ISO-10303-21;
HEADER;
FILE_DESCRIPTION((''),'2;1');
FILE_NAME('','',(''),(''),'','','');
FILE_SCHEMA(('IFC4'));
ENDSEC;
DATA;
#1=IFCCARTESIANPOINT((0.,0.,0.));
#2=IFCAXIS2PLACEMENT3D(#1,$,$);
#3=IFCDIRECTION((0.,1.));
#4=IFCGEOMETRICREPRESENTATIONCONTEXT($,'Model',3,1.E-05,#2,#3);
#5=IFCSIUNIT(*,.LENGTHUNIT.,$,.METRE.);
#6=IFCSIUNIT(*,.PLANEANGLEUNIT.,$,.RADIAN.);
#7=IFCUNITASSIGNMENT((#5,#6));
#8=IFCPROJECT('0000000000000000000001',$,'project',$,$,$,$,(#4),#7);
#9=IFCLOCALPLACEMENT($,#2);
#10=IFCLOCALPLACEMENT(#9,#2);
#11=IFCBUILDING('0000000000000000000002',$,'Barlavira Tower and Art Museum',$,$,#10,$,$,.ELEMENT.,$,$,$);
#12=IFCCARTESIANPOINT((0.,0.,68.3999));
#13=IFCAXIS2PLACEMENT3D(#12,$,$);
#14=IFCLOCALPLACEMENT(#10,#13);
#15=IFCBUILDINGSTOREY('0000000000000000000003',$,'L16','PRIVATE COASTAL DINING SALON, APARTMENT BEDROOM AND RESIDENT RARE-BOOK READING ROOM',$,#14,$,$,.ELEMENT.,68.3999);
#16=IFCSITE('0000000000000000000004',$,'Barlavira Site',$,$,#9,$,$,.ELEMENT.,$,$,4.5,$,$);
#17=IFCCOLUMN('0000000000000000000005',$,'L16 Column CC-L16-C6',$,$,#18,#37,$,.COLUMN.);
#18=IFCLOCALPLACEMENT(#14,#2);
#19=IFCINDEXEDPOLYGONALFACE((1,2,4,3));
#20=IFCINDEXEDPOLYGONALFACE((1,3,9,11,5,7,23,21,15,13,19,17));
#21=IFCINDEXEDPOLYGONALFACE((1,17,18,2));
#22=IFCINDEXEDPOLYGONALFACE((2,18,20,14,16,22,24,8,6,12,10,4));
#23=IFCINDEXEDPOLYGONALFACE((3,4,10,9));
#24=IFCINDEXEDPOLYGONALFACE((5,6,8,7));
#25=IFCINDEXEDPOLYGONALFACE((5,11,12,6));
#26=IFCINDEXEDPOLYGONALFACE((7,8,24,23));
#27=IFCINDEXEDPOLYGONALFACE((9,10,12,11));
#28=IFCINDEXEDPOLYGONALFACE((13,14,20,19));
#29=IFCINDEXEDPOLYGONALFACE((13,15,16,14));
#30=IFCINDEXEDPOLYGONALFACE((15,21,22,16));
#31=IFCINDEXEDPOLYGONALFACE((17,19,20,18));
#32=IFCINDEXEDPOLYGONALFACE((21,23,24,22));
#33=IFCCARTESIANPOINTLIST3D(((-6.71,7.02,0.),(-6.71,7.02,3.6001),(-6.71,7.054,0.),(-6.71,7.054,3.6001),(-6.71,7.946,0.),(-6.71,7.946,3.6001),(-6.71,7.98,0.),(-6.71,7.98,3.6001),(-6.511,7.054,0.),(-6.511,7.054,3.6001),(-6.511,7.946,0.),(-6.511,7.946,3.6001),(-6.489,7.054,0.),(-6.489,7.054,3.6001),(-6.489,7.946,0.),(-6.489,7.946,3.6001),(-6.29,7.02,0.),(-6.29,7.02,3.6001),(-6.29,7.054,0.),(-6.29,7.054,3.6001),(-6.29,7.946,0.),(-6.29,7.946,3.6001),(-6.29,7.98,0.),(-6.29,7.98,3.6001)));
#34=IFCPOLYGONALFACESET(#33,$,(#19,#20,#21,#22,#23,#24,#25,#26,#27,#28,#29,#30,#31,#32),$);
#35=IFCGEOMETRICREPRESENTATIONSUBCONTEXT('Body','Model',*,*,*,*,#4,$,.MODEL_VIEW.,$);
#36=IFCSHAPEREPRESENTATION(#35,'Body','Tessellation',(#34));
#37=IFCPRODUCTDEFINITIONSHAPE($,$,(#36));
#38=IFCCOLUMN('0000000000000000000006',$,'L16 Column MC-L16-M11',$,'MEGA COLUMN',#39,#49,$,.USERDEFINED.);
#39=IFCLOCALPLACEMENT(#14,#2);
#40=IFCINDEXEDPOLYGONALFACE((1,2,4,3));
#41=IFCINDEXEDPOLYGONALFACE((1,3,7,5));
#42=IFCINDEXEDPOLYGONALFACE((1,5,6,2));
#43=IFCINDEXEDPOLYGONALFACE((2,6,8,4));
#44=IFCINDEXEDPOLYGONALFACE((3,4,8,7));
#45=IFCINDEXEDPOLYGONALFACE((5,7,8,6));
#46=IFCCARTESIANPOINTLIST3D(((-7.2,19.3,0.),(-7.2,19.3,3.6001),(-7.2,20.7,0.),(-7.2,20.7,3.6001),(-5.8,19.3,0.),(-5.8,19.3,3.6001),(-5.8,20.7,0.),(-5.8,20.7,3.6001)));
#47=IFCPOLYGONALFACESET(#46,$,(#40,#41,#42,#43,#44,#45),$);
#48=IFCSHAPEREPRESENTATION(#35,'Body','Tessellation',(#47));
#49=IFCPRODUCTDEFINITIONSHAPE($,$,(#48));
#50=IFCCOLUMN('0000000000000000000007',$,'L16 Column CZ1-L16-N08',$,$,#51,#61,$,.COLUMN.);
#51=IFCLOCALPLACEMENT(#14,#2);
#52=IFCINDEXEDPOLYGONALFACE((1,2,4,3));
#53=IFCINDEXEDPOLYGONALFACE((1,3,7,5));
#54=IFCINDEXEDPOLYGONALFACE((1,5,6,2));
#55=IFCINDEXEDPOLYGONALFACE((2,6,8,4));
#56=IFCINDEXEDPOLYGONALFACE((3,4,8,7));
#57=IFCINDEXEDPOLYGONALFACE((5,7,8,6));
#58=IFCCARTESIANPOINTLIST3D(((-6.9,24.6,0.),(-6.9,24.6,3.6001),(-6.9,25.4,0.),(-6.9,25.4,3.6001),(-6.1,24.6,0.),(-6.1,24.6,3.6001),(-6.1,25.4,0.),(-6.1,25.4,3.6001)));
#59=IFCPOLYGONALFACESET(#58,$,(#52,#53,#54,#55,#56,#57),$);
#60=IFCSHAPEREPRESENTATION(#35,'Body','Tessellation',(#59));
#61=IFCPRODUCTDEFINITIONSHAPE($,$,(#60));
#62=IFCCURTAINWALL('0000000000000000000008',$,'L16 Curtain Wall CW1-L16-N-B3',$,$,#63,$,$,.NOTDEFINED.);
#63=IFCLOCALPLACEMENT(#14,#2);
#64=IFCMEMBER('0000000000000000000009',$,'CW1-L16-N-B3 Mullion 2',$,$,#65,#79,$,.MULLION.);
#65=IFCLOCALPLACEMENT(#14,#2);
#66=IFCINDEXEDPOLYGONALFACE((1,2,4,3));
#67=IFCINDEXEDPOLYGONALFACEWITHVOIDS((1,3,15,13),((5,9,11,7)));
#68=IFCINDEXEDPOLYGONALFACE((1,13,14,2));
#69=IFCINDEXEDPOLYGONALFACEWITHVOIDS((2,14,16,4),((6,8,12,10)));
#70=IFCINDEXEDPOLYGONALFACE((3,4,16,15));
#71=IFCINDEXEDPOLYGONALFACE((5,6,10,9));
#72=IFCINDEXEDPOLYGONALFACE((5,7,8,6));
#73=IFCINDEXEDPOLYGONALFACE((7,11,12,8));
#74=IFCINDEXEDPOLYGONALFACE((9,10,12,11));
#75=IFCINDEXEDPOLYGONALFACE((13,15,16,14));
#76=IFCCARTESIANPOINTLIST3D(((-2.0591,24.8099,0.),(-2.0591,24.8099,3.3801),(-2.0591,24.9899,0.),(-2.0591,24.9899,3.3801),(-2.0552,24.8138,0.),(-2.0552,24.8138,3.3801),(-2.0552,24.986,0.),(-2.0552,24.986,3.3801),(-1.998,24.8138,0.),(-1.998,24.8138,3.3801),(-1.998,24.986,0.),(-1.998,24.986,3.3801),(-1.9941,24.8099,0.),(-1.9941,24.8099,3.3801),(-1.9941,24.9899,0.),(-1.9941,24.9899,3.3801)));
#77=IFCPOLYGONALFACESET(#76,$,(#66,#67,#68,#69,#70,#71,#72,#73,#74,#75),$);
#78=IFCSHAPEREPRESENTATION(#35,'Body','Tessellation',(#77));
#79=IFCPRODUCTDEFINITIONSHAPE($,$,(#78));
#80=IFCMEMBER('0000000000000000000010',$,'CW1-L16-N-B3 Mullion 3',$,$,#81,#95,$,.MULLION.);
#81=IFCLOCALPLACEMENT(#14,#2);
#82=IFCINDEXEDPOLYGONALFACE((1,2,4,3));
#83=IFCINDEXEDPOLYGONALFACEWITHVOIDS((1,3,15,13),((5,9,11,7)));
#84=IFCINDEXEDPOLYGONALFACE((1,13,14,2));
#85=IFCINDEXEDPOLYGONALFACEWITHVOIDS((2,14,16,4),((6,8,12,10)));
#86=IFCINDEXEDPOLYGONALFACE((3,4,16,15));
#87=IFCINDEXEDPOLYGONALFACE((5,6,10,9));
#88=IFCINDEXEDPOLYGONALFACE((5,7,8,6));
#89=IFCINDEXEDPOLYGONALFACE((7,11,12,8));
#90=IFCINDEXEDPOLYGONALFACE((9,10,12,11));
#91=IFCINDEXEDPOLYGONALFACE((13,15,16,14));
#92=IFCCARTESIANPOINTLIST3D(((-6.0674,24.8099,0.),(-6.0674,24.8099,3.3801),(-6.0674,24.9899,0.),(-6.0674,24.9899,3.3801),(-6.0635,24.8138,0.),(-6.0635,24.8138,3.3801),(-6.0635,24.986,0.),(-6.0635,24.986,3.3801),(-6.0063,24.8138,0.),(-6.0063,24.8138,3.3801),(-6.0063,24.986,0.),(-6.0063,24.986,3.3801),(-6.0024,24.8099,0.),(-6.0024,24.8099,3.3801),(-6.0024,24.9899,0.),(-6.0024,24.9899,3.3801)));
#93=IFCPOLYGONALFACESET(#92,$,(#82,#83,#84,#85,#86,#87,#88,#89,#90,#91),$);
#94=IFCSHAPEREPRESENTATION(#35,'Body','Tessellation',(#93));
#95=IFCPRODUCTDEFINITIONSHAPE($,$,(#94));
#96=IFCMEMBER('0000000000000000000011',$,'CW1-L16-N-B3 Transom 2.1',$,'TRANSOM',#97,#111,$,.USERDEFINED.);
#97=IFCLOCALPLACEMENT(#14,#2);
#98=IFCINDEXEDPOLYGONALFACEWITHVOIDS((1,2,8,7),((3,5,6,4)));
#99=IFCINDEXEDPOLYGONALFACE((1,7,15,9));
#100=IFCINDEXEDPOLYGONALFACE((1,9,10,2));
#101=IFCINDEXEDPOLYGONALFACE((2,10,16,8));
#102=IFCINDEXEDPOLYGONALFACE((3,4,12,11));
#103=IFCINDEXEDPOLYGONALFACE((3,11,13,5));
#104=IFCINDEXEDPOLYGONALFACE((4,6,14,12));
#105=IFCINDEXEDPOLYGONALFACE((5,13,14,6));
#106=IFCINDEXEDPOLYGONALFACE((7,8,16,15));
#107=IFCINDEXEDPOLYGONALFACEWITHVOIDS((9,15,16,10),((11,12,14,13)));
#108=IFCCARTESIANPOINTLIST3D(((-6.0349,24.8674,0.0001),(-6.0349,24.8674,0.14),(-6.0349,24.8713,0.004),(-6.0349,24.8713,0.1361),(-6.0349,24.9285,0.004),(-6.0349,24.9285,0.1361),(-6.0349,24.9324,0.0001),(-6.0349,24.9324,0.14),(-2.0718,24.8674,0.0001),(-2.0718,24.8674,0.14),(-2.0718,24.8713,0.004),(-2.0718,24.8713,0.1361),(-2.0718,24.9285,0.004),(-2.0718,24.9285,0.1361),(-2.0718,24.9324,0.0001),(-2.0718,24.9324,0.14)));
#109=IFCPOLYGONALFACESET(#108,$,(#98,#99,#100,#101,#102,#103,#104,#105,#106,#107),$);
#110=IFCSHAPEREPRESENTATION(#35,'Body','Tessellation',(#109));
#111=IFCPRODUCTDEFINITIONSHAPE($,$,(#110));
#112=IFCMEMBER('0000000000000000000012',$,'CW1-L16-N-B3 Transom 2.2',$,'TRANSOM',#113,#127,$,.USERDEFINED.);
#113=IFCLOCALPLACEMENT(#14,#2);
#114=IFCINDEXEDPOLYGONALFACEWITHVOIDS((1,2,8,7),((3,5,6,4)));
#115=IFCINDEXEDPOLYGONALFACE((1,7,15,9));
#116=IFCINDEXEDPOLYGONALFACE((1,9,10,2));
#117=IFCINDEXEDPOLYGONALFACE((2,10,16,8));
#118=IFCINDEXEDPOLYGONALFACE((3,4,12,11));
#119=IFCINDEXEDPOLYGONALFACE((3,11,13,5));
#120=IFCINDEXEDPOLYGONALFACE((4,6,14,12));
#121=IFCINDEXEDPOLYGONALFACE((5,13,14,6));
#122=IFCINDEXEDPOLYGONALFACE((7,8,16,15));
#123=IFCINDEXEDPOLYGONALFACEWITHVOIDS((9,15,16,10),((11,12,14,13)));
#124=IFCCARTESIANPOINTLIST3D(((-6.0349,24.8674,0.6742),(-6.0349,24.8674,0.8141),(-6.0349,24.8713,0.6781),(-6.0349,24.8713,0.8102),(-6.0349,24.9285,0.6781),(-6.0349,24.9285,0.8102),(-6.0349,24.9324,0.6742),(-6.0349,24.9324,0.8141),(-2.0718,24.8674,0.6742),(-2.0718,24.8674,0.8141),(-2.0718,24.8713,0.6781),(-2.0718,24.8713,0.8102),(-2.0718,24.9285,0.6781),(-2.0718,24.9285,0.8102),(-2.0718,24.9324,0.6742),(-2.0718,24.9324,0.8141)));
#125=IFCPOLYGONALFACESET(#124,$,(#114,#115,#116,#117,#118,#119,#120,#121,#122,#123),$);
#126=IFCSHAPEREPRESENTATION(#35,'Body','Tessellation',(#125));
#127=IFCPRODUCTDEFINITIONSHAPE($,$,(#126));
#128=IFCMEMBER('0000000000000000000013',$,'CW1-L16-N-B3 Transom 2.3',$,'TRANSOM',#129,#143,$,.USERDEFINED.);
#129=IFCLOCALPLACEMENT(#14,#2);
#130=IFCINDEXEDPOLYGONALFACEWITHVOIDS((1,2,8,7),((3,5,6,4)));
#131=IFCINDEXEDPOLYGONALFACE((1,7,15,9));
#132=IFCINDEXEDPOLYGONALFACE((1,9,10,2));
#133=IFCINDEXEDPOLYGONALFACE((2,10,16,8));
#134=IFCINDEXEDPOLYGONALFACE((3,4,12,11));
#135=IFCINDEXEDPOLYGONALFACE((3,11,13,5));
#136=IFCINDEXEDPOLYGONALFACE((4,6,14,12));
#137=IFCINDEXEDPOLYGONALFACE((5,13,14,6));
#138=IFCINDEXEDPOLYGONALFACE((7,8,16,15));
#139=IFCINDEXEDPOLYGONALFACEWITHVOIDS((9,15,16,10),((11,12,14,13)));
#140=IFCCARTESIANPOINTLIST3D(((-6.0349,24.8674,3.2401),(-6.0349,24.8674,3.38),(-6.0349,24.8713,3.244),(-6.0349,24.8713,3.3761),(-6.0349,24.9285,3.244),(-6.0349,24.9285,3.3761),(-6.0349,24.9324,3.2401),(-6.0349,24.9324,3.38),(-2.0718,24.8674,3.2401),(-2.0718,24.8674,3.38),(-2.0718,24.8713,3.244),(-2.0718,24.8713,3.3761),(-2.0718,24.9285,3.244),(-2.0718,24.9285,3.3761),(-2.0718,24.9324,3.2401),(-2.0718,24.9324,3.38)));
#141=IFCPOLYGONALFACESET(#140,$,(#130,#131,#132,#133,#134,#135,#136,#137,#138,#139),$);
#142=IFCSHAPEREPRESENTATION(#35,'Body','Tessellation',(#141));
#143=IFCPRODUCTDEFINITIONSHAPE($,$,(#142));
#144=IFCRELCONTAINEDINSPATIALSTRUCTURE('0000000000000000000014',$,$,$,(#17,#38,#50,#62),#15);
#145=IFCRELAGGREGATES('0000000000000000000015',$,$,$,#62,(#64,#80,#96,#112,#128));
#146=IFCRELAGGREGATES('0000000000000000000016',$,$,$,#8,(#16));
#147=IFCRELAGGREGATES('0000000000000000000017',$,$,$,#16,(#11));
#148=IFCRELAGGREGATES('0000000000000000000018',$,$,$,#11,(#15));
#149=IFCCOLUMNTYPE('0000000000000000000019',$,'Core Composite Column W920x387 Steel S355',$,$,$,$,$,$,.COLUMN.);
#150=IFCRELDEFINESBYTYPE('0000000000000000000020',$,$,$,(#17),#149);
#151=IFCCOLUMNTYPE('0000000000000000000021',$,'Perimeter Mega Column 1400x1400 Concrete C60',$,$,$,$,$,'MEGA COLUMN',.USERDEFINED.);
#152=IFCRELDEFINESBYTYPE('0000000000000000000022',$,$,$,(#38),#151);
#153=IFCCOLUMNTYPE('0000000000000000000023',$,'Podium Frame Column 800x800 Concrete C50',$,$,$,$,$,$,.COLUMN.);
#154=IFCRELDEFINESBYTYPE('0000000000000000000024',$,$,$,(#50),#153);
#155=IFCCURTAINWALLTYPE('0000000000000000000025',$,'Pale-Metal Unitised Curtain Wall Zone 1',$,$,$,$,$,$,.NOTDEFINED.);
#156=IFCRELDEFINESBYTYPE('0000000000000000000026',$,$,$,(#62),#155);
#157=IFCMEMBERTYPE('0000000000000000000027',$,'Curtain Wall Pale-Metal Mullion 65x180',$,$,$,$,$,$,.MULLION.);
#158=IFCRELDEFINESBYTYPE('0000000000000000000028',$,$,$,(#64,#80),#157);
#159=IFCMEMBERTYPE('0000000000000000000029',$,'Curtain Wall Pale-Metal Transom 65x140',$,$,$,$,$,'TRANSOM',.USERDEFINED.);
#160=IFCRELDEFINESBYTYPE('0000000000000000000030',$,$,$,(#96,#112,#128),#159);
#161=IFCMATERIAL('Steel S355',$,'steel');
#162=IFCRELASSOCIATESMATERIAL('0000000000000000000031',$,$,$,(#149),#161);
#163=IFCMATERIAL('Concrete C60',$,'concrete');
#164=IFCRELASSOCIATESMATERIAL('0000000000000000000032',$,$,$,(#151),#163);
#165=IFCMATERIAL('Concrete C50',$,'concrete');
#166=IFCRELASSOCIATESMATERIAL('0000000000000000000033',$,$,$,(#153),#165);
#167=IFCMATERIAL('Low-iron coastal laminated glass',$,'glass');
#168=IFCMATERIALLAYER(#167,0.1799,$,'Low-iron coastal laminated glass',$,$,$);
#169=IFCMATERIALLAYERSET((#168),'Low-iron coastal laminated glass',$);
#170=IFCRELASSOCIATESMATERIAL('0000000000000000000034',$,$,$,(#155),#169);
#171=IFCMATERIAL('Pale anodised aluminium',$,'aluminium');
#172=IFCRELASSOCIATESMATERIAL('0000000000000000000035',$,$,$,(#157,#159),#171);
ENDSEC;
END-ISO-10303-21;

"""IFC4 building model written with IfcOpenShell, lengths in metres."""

from ifc_helpers import new_model, si_unit, direction, frame, origin, origin_2d, place, context, subcontext, project, spatial, rectangle, hollow_rectangle, i_section, extrude, material, layer, layer_set, material_profile, profile_set, type_object, element, aggregate, save


model = new_model("IFC4")

# Units and contexts
model_context = context("Model", 3, precision=1e-05, world=origin(), true_north=direction((0.0, 1.0)))
body_context = subcontext(model_context, "Body", "Model", "MODEL_VIEW")
ifc_project = project(units=[si_unit("LENGTHUNIT", "METRE"), si_unit("PLANEANGLEUNIT", "RADIAN")], contexts=[model_context])

# Site, building, storey
site_placement = place(None, origin())
site = spatial("IfcSite", under=ifc_project, at=site_placement, Name="Barlavira Site", CompositionType="ELEMENT", RefElevation=4.5)
building_placement = place(site_placement, origin())
building = spatial("IfcBuilding", under=site, at=building_placement, Name="Barlavira Tower and Art Museum", CompositionType="ELEMENT")
storey_placement = place(building_placement, frame((0.0, 0.0, 68.3999)))
storey = spatial("IfcBuildingStorey", under=building, at=storey_placement, Name="L16", Description="PRIVATE COASTAL DINING SALON, APARTMENT BEDROOM AND RESIDENT RARE-BOOK READING ROOM", CompositionType="ELEMENT", Elevation=68.3999)

# Columns
ifc_material_1 = material(Name="Steel S355", Category="steel")
ifc_material_profile_1 = material_profile(ifc_material_1, i_section(OverallWidth=0.4199, OverallDepth=0.96, WebThickness=0.022, FlangeThickness=0.0339, at=origin_2d()), Name="W920x387.0")
ifc_profile_set_1 = profile_set([ifc_material_profile_1], Name="Steel S355")
column_type_1 = type_object("IfcColumnType", Name="Core Composite Column W920x387 Steel S355", PredefinedType="COLUMN", material=ifc_profile_set_1)
column_1_placement = place(storey_placement, frame((-6.5, 7.5, 0.0), z_axis=(0.0, 0.0, 1.0), x_axis=(1.0, 0.0, 0.0)))
element("IfcColumn", 1, at=column_1_placement, inside=storey, type_object=column_type_1, Name="L16 Column CC-L16-C6", PredefinedType="COLUMN", context=body_context, shape_type="SweptSolid", body=[
    extrude(i_section(OverallWidth=0.4199, OverallDepth=0.96, WebThickness=0.022, FlangeThickness=0.0339, at=origin_2d()), origin(), (0.0, 0.0, 1.0), 3.6001),
])
ifc_material_2 = material(Name="Concrete C60", Category="concrete")
ifc_material_profile_2 = material_profile(ifc_material_2, rectangle(XDim=1.3999, YDim=1.3999, at=origin_2d()), Name="RC-MCOL 1400x1400")
ifc_profile_set_2 = profile_set([ifc_material_profile_2], Name="Concrete C60")
column_type_2 = type_object("IfcColumnType", Name="Perimeter Mega Column 1400x1400 Concrete C60", ElementType="MEGA COLUMN", PredefinedType="USERDEFINED", material=ifc_profile_set_2)
column_2_placement = place(storey_placement, frame((-6.5, 20.0, 0.0), z_axis=(0.0, 0.0, 1.0), x_axis=(1.0, 0.0, 0.0)))
element("IfcColumn", 2, at=column_2_placement, inside=storey, type_object=column_type_2, Name="L16 Column MC-L16-M11", ObjectType="MEGA COLUMN", PredefinedType="USERDEFINED", context=body_context, shape_type="SweptSolid", body=[
    extrude(rectangle(XDim=1.3999, YDim=1.3999, at=origin_2d()), origin(), (0.0, 0.0, 1.0), 3.6001),
])
ifc_material_3 = material(Name="Concrete C50", Category="concrete")
ifc_material_profile_3 = material_profile(ifc_material_3, rectangle(XDim=0.8, YDim=0.8, at=origin_2d()), Name="RC-COL 800x800")
ifc_profile_set_3 = profile_set([ifc_material_profile_3], Name="Concrete C50")
column_type_3 = type_object("IfcColumnType", Name="Podium Frame Column 800x800 Concrete C50", PredefinedType="COLUMN", material=ifc_profile_set_3)
column_3_placement = place(storey_placement, frame((-6.5, 25.0, 0.0), z_axis=(0.0, 0.0, 1.0), x_axis=(1.0, 0.0, 0.0)))
element("IfcColumn", 3, at=column_3_placement, inside=storey, type_object=column_type_3, Name="L16 Column CZ1-L16-N08", PredefinedType="COLUMN", context=body_context, shape_type="SweptSolid", body=[
    extrude(rectangle(XDim=0.8, YDim=0.8, at=origin_2d()), origin(), (0.0, 0.0, 1.0), 3.6001),
])

# Curtain wall, members
ifc_material_4 = material(Name="Low-iron coastal laminated glass", Category="glass")
ifc_layer_1 = layer(ifc_material_4, 0.1799, Name="Low-iron coastal laminated glass")
ifc_layer_set_1 = layer_set([ifc_layer_1], Name="Low-iron coastal laminated glass")
curtain_wall_type = type_object("IfcCurtainWallType", Name="Pale-Metal Unitised Curtain Wall Zone 1", PredefinedType="NOTDEFINED", material=ifc_layer_set_1)
curtain_wall_placement = place(storey_placement, origin())
curtain_wall = element("IfcCurtainWall", 4, at=curtain_wall_placement, inside=storey, type_object=curtain_wall_type, Name="L16 Curtain Wall CW1-L16-N-B3", PredefinedType="NOTDEFINED")
ifc_material_5 = material(Name="Pale anodised aluminium", Category="aluminium")
ifc_material_profile_4 = material_profile(ifc_material_5, hollow_rectangle(XDim=0.0649, YDim=0.1799, WallThickness=0.0039, at=origin_2d()), Name="ALU-MULL 65x180x4")
ifc_profile_set_4 = profile_set([ifc_material_profile_4], Name="Pale anodised aluminium")
member_type_1 = type_object("IfcMemberType", Name="Curtain Wall Pale-Metal Mullion 65x180", PredefinedType="MULLION", material=ifc_profile_set_4)
member_1_placement = place(storey_placement, frame((-2.0266, 24.8999, 0.0), z_axis=(0.0, 0.0, 1.0), x_axis=(-1.0, 0.0, 0.0)))
member_1 = element("IfcMember", 5, at=member_1_placement, type_object=member_type_1, Name="CW1-L16-N-B3 Mullion 2", PredefinedType="MULLION", context=body_context, shape_type="SweptSolid", body=[
    extrude(hollow_rectangle(XDim=0.0649, YDim=0.1799, WallThickness=0.0039, at=origin_2d()), origin(), (0.0, 0.0, 1.0), 3.3801),
])
member_2_placement = place(storey_placement, frame((-6.0349, 24.8999, 0.0), z_axis=(0.0, 0.0, 1.0), x_axis=(-1.0, 0.0, 0.0)))
member_2 = element("IfcMember", 6, at=member_2_placement, type_object=member_type_1, Name="CW1-L16-N-B3 Mullion 3", PredefinedType="MULLION", context=body_context, shape_type="SweptSolid", body=[
    extrude(hollow_rectangle(XDim=0.0649, YDim=0.1799, WallThickness=0.0039, at=origin_2d()), origin(), (0.0, 0.0, 1.0), 3.3801),
])
ifc_material_profile_5 = material_profile(ifc_material_5, hollow_rectangle(XDim=0.0649, YDim=0.1399, WallThickness=0.0039, at=origin_2d()), Name="ALU-TRAN 65x140x4")
ifc_profile_set_5 = profile_set([ifc_material_profile_5], Name="Pale anodised aluminium")
member_type_2 = type_object("IfcMemberType", Name="Curtain Wall Pale-Metal Transom 65x140", ElementType="TRANSOM", PredefinedType="USERDEFINED", material=ifc_profile_set_5)
member_3_placement = place(storey_placement, frame((-2.0718, 24.8999, 0.0701), z_axis=(-1.0, 0.0, 0.0), x_axis=(0.0, -1.0, 0.0)))
member_3 = element("IfcMember", 7, at=member_3_placement, type_object=member_type_2, Name="CW1-L16-N-B3 Transom 2.1", ObjectType="TRANSOM", PredefinedType="USERDEFINED", context=body_context, shape_type="SweptSolid", body=[
    extrude(hollow_rectangle(XDim=0.0649, YDim=0.1399, WallThickness=0.0039, at=origin_2d()), origin(), (0.0, 0.0, 1.0), 3.9631),
])
member_4_placement = place(storey_placement, frame((-2.0718, 24.8999, 0.7441), z_axis=(-1.0, 0.0, 0.0), x_axis=(0.0, -1.0, 0.0)))
member_4 = element("IfcMember", 8, at=member_4_placement, type_object=member_type_2, Name="CW1-L16-N-B3 Transom 2.2", ObjectType="TRANSOM", PredefinedType="USERDEFINED", context=body_context, shape_type="SweptSolid", body=[
    extrude(hollow_rectangle(XDim=0.0649, YDim=0.1399, WallThickness=0.0039, at=origin_2d()), origin(), (0.0, 0.0, 1.0), 3.9631),
])
member_5_placement = place(storey_placement, frame((-2.0718, 24.8999, 3.3101), z_axis=(-1.0, 0.0, 0.0), x_axis=(0.0, -1.0, 0.0)))
member_5 = element("IfcMember", 9, at=member_5_placement, type_object=member_type_2, Name="CW1-L16-N-B3 Transom 2.3", ObjectType="TRANSOM", PredefinedType="USERDEFINED", context=body_context, shape_type="SweptSolid", body=[
    extrude(hollow_rectangle(XDim=0.0649, YDim=0.1399, WallThickness=0.0039, at=origin_2d()), origin(), (0.0, 0.0, 1.0), 3.9631),
])

aggregate(curtain_wall, [member_1, member_2, member_3, member_4, member_5])

save(model, "model.ifc")
